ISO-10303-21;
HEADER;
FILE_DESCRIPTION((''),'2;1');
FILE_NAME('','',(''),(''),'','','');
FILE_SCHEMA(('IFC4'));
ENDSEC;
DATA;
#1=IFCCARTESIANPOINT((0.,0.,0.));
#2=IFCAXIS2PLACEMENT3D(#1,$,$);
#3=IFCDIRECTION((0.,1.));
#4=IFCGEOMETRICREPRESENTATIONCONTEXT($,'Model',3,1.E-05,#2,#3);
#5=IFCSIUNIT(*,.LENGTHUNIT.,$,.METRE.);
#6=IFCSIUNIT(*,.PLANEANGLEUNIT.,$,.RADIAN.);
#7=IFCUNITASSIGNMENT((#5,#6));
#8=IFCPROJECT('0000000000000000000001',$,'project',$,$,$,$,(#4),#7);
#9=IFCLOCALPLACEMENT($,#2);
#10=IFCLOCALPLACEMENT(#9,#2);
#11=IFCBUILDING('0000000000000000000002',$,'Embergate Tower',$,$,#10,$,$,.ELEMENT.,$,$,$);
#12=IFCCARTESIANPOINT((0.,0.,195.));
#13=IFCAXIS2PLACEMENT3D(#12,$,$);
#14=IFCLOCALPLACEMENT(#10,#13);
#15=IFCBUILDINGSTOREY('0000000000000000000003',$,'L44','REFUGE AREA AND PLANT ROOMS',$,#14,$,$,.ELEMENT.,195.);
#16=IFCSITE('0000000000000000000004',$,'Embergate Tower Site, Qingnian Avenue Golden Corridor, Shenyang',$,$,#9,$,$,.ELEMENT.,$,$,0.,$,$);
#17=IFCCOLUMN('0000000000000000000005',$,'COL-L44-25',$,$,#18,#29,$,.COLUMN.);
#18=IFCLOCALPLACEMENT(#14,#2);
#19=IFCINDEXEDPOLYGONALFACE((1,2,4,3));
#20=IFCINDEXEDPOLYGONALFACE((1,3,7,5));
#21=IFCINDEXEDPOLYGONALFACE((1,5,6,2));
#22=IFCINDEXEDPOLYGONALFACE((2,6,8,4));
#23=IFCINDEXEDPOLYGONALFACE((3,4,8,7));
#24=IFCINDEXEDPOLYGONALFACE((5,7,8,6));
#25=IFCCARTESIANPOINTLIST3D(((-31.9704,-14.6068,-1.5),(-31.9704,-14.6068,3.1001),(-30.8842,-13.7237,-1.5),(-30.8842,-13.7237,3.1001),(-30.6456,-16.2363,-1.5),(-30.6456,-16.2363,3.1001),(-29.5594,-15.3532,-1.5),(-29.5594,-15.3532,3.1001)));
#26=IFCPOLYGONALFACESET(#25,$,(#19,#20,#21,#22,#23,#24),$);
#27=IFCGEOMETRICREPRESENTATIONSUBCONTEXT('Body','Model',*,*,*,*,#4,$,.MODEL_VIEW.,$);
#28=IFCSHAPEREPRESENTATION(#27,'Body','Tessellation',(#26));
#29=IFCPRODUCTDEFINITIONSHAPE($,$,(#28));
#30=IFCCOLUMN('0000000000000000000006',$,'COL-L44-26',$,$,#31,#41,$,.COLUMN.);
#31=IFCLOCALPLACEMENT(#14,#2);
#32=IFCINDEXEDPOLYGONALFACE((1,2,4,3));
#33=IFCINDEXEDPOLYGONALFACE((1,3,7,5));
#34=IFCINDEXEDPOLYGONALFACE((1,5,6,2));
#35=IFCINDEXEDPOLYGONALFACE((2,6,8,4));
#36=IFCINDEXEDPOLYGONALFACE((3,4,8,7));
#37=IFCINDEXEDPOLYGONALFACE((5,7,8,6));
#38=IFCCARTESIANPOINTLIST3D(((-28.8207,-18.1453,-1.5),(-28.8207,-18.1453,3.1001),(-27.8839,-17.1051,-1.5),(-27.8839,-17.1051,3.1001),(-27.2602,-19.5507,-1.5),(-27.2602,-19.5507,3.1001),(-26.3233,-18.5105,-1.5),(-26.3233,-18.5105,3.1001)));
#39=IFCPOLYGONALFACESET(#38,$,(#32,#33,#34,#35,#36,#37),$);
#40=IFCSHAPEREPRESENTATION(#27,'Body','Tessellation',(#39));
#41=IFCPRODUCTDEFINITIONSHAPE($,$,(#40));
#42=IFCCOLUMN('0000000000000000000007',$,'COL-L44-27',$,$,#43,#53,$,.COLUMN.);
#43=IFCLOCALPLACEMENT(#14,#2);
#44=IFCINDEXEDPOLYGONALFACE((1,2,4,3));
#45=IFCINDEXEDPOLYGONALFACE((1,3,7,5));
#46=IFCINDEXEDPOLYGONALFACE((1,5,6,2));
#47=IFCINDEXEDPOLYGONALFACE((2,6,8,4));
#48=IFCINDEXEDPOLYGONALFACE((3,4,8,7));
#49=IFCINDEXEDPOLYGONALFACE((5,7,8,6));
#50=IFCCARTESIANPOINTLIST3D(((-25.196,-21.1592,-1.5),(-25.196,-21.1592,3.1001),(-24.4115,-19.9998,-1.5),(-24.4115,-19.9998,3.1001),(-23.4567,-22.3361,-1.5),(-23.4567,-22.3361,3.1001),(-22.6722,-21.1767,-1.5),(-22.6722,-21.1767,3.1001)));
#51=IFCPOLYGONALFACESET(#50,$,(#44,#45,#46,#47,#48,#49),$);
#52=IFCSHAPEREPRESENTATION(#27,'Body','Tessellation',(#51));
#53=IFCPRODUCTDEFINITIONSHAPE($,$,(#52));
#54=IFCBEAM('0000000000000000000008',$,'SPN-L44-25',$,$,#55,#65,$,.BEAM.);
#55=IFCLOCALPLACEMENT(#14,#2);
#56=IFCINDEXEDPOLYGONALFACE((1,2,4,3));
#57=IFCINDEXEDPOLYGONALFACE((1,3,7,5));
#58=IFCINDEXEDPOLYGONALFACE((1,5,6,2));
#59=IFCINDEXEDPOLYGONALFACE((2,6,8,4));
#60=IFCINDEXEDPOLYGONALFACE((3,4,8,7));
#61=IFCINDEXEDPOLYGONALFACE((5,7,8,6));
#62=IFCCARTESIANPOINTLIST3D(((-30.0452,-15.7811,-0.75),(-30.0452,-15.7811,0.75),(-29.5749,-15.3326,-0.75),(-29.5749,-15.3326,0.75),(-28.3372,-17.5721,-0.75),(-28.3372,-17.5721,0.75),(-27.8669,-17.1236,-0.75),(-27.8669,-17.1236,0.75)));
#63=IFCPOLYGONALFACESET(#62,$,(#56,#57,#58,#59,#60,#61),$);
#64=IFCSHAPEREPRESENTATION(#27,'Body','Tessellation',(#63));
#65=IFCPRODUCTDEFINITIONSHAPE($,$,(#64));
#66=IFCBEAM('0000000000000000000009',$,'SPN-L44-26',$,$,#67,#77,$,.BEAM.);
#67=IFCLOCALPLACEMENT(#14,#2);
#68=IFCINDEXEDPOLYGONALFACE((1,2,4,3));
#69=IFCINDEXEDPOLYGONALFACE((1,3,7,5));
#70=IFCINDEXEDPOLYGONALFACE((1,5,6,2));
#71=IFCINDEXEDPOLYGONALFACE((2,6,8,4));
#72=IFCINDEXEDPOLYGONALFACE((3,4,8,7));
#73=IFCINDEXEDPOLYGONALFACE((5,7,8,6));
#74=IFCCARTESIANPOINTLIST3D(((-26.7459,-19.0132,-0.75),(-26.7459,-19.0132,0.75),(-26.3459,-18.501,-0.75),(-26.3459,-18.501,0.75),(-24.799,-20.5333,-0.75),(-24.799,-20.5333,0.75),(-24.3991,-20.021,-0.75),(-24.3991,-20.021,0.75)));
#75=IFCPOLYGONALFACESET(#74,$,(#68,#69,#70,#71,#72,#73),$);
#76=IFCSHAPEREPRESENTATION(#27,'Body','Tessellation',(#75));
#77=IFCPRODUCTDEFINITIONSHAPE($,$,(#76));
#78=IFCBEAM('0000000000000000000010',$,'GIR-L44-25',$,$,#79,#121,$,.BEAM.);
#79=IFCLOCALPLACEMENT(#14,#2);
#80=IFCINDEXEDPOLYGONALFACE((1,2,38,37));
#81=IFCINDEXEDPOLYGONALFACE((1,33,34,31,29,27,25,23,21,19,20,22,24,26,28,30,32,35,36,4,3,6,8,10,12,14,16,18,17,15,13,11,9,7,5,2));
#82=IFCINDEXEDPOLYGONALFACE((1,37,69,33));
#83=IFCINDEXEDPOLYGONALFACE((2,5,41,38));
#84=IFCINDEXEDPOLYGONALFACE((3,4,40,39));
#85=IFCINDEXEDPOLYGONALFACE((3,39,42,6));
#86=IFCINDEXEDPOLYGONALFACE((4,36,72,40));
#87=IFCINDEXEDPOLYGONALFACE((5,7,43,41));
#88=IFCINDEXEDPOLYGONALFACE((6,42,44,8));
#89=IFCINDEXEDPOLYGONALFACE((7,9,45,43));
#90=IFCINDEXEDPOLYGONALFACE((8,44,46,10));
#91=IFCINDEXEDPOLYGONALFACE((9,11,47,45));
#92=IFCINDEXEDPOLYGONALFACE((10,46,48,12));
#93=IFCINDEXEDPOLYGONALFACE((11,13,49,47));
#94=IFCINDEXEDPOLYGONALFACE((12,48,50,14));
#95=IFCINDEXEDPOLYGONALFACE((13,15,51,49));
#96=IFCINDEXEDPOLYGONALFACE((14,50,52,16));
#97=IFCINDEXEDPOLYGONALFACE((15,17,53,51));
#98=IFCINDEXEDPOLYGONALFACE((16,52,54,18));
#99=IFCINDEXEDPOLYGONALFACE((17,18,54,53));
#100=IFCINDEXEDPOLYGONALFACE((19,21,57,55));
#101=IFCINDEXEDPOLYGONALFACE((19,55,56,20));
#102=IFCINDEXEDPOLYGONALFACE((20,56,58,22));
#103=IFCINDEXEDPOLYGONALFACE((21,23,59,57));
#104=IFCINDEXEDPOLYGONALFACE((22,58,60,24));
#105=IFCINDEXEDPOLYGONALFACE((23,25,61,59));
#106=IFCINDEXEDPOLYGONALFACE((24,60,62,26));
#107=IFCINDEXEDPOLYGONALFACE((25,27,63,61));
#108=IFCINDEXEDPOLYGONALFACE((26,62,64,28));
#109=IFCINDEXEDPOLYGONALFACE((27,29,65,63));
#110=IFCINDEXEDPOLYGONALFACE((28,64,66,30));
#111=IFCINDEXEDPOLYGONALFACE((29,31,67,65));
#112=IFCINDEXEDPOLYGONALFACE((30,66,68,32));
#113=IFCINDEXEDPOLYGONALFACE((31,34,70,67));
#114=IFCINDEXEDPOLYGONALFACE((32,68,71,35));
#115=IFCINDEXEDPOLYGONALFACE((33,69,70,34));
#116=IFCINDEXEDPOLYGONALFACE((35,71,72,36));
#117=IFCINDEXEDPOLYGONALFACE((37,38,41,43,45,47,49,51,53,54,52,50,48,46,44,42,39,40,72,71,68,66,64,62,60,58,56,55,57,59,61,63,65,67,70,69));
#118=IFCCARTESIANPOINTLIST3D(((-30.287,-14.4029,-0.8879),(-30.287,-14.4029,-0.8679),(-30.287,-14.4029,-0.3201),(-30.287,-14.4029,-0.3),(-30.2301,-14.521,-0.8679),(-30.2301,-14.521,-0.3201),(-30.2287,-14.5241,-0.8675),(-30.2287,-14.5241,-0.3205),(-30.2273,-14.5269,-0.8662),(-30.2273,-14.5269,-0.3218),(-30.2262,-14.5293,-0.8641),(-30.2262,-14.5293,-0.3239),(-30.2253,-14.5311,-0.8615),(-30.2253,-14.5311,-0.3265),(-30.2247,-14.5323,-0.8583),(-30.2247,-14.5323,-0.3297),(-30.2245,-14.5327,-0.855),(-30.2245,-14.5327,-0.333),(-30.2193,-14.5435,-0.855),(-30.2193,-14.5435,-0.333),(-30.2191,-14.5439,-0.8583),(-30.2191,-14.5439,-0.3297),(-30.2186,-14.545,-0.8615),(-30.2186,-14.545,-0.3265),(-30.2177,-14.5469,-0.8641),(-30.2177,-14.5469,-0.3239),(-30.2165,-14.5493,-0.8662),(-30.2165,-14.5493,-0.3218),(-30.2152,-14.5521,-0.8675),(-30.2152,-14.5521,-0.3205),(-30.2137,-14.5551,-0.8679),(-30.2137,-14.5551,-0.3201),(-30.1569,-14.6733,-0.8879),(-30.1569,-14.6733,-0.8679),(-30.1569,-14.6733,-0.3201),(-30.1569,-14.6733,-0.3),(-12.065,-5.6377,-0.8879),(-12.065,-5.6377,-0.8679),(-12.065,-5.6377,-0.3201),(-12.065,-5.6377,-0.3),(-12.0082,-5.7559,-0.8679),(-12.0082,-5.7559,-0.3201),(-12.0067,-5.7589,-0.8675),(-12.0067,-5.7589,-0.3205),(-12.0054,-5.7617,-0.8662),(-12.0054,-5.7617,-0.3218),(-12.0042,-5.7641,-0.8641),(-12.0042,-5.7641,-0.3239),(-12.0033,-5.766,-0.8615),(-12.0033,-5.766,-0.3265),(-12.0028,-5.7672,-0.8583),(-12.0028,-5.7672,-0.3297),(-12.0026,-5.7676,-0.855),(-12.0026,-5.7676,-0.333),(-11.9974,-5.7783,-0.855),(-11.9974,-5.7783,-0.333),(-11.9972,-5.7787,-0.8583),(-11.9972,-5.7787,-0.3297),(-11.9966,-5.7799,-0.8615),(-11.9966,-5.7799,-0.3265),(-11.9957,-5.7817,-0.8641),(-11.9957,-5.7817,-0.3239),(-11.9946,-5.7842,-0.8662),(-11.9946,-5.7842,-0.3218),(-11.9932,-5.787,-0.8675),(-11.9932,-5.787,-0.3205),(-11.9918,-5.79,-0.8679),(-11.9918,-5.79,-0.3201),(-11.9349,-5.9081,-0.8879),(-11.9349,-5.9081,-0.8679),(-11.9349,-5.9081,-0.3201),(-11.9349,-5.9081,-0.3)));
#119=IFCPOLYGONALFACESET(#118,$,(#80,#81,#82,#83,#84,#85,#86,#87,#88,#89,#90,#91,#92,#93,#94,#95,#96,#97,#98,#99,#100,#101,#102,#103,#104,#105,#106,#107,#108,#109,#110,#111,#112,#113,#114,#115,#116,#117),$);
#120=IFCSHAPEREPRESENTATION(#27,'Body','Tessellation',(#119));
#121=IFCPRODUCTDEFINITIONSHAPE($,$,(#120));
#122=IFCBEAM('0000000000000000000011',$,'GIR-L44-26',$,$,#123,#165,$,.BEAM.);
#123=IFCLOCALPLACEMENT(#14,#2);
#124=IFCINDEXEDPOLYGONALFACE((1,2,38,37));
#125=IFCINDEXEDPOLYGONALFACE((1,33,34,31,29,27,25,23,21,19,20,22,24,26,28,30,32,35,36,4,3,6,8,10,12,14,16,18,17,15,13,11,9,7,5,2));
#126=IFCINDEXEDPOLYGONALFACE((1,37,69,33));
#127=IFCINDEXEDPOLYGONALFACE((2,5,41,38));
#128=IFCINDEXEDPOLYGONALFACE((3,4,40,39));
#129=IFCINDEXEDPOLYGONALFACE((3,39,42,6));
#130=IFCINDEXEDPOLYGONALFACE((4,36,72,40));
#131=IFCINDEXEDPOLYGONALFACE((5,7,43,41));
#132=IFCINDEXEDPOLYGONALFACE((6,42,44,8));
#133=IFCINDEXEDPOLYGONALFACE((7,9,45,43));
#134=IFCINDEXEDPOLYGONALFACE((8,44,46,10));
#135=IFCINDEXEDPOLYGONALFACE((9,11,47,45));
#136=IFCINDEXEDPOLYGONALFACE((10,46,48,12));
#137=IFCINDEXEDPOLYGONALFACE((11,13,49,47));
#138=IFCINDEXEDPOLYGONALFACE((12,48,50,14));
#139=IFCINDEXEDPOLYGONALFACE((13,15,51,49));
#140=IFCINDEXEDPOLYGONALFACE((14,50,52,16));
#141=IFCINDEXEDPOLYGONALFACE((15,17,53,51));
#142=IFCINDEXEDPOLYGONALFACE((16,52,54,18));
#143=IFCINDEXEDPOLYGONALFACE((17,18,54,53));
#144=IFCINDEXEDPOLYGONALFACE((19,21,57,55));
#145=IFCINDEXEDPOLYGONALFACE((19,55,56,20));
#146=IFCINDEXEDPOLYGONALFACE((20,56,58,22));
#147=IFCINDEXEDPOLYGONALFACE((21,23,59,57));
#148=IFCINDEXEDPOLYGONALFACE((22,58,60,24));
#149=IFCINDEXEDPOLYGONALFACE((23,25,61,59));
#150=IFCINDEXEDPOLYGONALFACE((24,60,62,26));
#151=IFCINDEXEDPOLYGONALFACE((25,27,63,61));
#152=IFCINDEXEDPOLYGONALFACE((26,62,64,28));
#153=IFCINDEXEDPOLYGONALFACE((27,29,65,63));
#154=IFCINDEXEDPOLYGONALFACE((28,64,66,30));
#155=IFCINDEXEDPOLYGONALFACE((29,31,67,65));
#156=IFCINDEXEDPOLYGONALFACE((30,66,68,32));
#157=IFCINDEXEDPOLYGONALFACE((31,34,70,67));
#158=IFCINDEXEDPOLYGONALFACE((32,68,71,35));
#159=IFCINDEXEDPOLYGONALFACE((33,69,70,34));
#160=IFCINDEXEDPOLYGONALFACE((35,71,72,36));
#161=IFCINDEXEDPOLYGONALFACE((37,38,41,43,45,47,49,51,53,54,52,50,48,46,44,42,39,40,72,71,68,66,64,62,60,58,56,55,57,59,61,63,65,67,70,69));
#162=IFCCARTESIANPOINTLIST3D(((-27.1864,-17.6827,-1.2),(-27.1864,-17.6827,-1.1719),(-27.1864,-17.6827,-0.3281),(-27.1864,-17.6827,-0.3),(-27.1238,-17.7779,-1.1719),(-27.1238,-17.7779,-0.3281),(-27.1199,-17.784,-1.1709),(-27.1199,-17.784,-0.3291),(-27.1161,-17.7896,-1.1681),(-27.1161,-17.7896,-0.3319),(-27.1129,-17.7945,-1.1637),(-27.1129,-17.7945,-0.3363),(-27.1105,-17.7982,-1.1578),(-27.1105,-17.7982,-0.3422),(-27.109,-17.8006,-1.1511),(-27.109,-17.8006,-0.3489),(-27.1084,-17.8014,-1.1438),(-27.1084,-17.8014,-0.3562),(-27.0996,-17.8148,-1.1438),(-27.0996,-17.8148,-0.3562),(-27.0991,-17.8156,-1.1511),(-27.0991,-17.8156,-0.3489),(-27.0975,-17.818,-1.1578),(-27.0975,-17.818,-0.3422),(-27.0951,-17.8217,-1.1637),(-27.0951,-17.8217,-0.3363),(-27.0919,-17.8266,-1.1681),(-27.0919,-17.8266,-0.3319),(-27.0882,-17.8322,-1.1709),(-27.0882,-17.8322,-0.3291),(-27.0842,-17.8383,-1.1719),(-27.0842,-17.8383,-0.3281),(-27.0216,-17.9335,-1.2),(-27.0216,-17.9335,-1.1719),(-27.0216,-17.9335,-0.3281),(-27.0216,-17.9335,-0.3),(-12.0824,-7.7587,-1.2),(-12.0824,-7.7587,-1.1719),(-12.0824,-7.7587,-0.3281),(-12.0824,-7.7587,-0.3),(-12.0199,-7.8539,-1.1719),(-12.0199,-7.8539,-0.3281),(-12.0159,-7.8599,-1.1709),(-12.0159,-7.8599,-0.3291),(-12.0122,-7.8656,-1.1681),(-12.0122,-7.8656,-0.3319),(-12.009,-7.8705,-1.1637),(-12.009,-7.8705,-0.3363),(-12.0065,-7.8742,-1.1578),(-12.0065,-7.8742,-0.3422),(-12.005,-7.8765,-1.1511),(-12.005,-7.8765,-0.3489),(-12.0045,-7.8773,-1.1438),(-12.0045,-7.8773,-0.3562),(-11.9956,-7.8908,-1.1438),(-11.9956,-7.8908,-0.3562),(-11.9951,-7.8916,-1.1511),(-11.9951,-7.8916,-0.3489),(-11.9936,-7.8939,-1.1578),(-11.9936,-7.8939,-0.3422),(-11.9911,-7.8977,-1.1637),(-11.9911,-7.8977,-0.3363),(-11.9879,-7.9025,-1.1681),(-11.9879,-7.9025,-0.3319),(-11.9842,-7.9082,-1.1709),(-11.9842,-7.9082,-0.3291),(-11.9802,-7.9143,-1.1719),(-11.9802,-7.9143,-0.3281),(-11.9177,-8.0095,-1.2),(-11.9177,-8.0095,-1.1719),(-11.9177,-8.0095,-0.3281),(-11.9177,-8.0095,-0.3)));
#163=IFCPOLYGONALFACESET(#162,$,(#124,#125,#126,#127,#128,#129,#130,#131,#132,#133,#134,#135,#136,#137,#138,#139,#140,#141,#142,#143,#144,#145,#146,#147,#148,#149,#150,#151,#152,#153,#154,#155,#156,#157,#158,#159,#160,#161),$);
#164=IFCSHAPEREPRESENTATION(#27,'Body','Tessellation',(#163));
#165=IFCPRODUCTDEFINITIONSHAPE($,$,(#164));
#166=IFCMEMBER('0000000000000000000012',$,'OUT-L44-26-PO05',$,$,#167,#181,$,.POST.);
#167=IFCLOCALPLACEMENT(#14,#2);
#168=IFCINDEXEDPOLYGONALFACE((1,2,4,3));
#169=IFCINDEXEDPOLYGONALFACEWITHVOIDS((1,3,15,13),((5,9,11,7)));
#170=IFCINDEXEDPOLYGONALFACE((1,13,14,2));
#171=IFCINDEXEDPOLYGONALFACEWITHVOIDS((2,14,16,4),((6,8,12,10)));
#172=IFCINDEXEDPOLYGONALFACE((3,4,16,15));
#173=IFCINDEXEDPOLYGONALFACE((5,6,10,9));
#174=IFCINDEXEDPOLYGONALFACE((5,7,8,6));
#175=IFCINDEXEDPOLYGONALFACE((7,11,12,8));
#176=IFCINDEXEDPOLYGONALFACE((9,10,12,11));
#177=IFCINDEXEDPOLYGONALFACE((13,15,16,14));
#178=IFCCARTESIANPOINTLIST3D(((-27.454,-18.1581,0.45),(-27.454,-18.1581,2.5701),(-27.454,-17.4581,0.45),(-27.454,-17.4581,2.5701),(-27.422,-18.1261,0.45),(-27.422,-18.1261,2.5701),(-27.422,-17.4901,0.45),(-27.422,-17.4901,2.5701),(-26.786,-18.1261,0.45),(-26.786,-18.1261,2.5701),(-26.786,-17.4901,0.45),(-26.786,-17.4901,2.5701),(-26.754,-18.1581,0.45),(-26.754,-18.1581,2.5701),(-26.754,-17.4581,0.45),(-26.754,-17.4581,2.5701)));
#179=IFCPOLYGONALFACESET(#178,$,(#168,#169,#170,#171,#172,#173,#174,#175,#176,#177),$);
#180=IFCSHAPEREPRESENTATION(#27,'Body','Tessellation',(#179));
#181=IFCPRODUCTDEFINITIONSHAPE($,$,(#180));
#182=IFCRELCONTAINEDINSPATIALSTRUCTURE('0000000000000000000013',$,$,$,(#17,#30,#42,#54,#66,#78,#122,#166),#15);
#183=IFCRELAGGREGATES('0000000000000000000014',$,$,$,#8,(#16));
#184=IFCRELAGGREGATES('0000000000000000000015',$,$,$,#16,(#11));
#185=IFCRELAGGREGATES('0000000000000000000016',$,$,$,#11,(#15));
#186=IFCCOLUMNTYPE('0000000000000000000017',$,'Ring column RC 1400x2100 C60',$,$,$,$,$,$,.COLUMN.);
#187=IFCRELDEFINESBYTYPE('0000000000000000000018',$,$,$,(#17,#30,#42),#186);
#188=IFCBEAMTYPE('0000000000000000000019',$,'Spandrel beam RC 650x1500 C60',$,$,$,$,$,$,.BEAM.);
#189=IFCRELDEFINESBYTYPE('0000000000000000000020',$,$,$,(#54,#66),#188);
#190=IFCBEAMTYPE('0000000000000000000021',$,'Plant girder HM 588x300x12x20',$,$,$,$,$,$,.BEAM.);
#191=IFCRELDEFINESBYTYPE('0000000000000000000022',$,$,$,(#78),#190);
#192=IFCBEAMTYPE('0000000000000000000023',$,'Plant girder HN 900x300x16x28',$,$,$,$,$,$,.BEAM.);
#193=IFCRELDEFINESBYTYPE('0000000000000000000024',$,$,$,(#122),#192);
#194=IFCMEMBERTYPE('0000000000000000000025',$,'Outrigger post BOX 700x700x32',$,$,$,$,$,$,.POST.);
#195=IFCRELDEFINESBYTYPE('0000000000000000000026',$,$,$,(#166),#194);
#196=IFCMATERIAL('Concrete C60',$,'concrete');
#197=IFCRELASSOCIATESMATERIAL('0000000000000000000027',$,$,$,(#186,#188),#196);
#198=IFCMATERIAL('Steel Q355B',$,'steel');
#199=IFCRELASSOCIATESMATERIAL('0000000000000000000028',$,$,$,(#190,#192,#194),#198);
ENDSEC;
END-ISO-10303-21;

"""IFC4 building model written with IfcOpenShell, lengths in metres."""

from ifc_helpers import new_model, si_unit, direction, frame, origin, origin_2d, place, context, subcontext, project, spatial, rectangle, hollow_rectangle, i_section, extrude, source, transform, mapped, material, material_profile, profile_set, type_object, element, save


model = new_model("IFC4")

# Units and contexts
model_context = context("Model", 3, precision=1e-05, world=origin(), true_north=direction((0.0, 1.0)))
body_context = subcontext(model_context, "Body", "Model", "MODEL_VIEW")
ifc_project = project(units=[si_unit("LENGTHUNIT", "METRE"), si_unit("PLANEANGLEUNIT", "RADIAN")], contexts=[model_context])

# Site, building, storey
site_placement = place(None, origin())
site = spatial("IfcSite", under=ifc_project, at=site_placement, Name="Embergate Tower Site, Qingnian Avenue Golden Corridor, Shenyang", CompositionType="ELEMENT", RefElevation=0.0)
building_placement = place(site_placement, origin())
building = spatial("IfcBuilding", under=site, at=building_placement, Name="Embergate Tower", CompositionType="ELEMENT")
storey_placement = place(building_placement, frame((0.0, 0.0, 195.0)))
storey = spatial("IfcBuildingStorey", under=building, at=storey_placement, Name="L44", Description="REFUGE AREA AND PLANT ROOMS", CompositionType="ELEMENT", Elevation=195.0)

# Columns
ifc_material_1 = material(Name="Concrete C60", Category="concrete")
ifc_material_profile_1 = material_profile(ifc_material_1, rectangle(XDim=1.3999, YDim=2.1001, at=origin_2d()), Name="RC 1400x2100")
ifc_profile_set_1 = profile_set([ifc_material_profile_1], Name="Concrete C60")
column_type = type_object("IfcColumnType", Name="Ring column RC 1400x2100 C60", PredefinedType="COLUMN", material=ifc_profile_set_1)
shared_shape_1 = source(origin(), body_context, "Body", "SweptSolid", [
    extrude(rectangle(XDim=1.3999, YDim=2.1001, at=origin_2d()), origin(), (0.0, 0.0, 1.0), 4.6001),
])
for number, where, z_axis, x_axis, name in (
    (1, (-30.7649, -14.98, -1.5), (0.0, 0.0, 1.0), (-0.775914, -0.630838, 0.0), "COL-L44-25"),
    (2, (-27.572, -18.3279, -1.5), (0.0, 0.0, 1.0), (-0.669208, -0.743075, 0.0), "COL-L44-26"),
    (3, (-23.9341, -21.168, -1.5), (0.0, 0.0, 1.0), (-0.560393, -0.828227, 0.0), "COL-L44-27"),
):
    element("IfcColumn", number, at=place(storey_placement, frame(where, z_axis=z_axis, x_axis=x_axis)), inside=storey, type_object=column_type, Name=name, PredefinedType="COLUMN", context=body_context, shape_type="MappedRepresentation", body=[
        mapped(shared_shape_1, transform((0.0, 0.0, 0.0))),
    ])

# Beams
ifc_material_profile_2 = material_profile(ifc_material_1, rectangle(XDim=0.6499, YDim=1.5, at=origin_2d()), Name="RC 650x1500")
ifc_profile_set_2 = profile_set([ifc_material_profile_2], Name="Concrete C60")
beam_type_1 = type_object("IfcBeamType", Name="Spandrel beam RC 650x1500 C60", PredefinedType="BEAM", material=ifc_profile_set_2)
shared_shape_2 = source(origin(), body_context, "Body", "SweptSolid", [
    extrude(rectangle(XDim=0.6499, YDim=1.5, at=origin_2d()), origin(), (0.0, 0.0, 1.0), 2.4749),
])
beam_1_placement = place(storey_placement, frame((-29.8101, -15.5569, 0.0), z_axis=(0.690138, -0.723678, 0.0), x_axis=(0.723678, 0.690138, 0.0)))
element("IfcBeam", 4, at=beam_1_placement, inside=storey, type_object=beam_type_1, Name="SPN-L44-25", PredefinedType="BEAM", context=body_context, shape_type="MappedRepresentation", body=[
    mapped(shared_shape_2, transform((0.0, 0.0, 0.0))),
])
shared_shape_3 = source(origin(), body_context, "Body", "SweptSolid", [
    extrude(rectangle(XDim=0.6499, YDim=1.5, at=origin_2d()), origin(), (0.0, 0.0, 1.0), 2.47),
])
beam_2_placement = place(storey_placement, frame((-26.5459, -18.7571, 0.0), z_axis=(0.788201, -0.615418, 0.0), x_axis=(0.615418, 0.788201, 0.0)))
element("IfcBeam", 5, at=beam_2_placement, inside=storey, type_object=beam_type_1, Name="SPN-L44-26", PredefinedType="BEAM", context=body_context, shape_type="MappedRepresentation", body=[
    mapped(shared_shape_3, transform((0.0, 0.0, 0.0))),
])
ifc_material_2 = material(Name="Steel Q355B", Category="steel")
ifc_material_profile_3 = material_profile(ifc_material_2, i_section(OverallWidth=0.3, OverallDepth=0.5879, WebThickness=0.012, FlangeThickness=0.02, FilletRadius=0.0129, at=origin_2d()), Name="HM 588x300x12x20")
ifc_profile_set_3 = profile_set([ifc_material_profile_3], Name="Steel Q355 grade B")
beam_type_2 = type_object("IfcBeamType", Name="Plant girder HM 588x300x12x20", PredefinedType="BEAM", material=ifc_profile_set_3)
shared_shape_4 = source(origin(), body_context, "Body", "SweptSolid", [
    extrude(i_section(OverallWidth=0.3, OverallDepth=0.5879, WebThickness=0.012, FlangeThickness=0.02, FilletRadius=0.0129, at=origin_2d()), origin(), (0.0, 0.0, 1.0), 20.2205),
])
beam_3_placement = place(storey_placement, frame((-30.2219, -14.5381, -0.594), z_axis=(0.901164, 0.433479, 0.0), x_axis=(-0.433479, 0.901164, 0.0)))
element("IfcBeam", 6, at=beam_3_placement, inside=storey, type_object=beam_type_2, Name="GIR-L44-25", PredefinedType="BEAM", context=body_context, shape_type="MappedRepresentation", body=[
    mapped(shared_shape_4, transform((0.0, 0.0, 0.0))),
])
ifc_material_profile_4 = material_profile(ifc_material_2, i_section(OverallWidth=0.3, OverallDepth=0.8999, WebThickness=0.0161, FlangeThickness=0.0281, FilletRadius=0.0281, at=origin_2d()), Name="HN 900x300x16x28")
ifc_profile_set_4 = profile_set([ifc_material_profile_4], Name="Steel Q355 grade B")
beam_type_3 = type_object("IfcBeamType", Name="Plant girder HN 900x300x16x28", PredefinedType="BEAM", material=ifc_profile_set_4)
shared_shape_5 = source(origin(), body_context, "Body", "SweptSolid", [
    extrude(i_section(OverallWidth=0.3, OverallDepth=0.8999, WebThickness=0.0161, FlangeThickness=0.0281, FilletRadius=0.0281, at=origin_2d()), origin(), (0.0, 0.0, 1.0), 18.0725),
])
beam_4_placement = place(storey_placement, frame((-27.104, -17.8081, -0.75), z_axis=(0.835741, 0.549123, 0.0), x_axis=(-0.549123, 0.835741, 0.0)))
element("IfcBeam", 7, at=beam_4_placement, inside=storey, type_object=beam_type_3, Name="GIR-L44-26", PredefinedType="BEAM", context=body_context, shape_type="MappedRepresentation", body=[
    mapped(shared_shape_5, transform((0.0, 0.0, 0.0))),
])

# Member
ifc_material_profile_5 = material_profile(ifc_material_2, hollow_rectangle(XDim=0.7, YDim=0.7, WallThickness=0.032, at=origin_2d()), Name="BOX 700x700x32")
ifc_profile_set_5 = profile_set([ifc_material_profile_5], Name="Steel Q355 grade B")
member_type_1 = type_object("IfcMemberType", Name="Outrigger post BOX 700x700x32", PredefinedType="POST", material=ifc_profile_set_5)
shared_shape_6 = source(origin(), body_context, "Body", "SweptSolid", [
    extrude(hollow_rectangle(XDim=0.7, YDim=0.7, WallThickness=0.032, at=origin_2d()), origin(), (0.0, 0.0, 1.0), 2.1201),
])
member_1_placement = place(storey_placement, frame((-27.104, -17.8081, 0.45), z_axis=(0.0, 0.0, 1.0), x_axis=(1.0, 0.0, 0.0)))
element("IfcMember", 8, at=member_1_placement, inside=storey, type_object=member_type_1, Name="OUT-L44-26-PO05", PredefinedType="POST", context=body_context, shape_type="MappedRepresentation", body=[
    mapped(shared_shape_6, transform((0.0, 0.0, 0.0))),
])

save(model, "model.ifc")
